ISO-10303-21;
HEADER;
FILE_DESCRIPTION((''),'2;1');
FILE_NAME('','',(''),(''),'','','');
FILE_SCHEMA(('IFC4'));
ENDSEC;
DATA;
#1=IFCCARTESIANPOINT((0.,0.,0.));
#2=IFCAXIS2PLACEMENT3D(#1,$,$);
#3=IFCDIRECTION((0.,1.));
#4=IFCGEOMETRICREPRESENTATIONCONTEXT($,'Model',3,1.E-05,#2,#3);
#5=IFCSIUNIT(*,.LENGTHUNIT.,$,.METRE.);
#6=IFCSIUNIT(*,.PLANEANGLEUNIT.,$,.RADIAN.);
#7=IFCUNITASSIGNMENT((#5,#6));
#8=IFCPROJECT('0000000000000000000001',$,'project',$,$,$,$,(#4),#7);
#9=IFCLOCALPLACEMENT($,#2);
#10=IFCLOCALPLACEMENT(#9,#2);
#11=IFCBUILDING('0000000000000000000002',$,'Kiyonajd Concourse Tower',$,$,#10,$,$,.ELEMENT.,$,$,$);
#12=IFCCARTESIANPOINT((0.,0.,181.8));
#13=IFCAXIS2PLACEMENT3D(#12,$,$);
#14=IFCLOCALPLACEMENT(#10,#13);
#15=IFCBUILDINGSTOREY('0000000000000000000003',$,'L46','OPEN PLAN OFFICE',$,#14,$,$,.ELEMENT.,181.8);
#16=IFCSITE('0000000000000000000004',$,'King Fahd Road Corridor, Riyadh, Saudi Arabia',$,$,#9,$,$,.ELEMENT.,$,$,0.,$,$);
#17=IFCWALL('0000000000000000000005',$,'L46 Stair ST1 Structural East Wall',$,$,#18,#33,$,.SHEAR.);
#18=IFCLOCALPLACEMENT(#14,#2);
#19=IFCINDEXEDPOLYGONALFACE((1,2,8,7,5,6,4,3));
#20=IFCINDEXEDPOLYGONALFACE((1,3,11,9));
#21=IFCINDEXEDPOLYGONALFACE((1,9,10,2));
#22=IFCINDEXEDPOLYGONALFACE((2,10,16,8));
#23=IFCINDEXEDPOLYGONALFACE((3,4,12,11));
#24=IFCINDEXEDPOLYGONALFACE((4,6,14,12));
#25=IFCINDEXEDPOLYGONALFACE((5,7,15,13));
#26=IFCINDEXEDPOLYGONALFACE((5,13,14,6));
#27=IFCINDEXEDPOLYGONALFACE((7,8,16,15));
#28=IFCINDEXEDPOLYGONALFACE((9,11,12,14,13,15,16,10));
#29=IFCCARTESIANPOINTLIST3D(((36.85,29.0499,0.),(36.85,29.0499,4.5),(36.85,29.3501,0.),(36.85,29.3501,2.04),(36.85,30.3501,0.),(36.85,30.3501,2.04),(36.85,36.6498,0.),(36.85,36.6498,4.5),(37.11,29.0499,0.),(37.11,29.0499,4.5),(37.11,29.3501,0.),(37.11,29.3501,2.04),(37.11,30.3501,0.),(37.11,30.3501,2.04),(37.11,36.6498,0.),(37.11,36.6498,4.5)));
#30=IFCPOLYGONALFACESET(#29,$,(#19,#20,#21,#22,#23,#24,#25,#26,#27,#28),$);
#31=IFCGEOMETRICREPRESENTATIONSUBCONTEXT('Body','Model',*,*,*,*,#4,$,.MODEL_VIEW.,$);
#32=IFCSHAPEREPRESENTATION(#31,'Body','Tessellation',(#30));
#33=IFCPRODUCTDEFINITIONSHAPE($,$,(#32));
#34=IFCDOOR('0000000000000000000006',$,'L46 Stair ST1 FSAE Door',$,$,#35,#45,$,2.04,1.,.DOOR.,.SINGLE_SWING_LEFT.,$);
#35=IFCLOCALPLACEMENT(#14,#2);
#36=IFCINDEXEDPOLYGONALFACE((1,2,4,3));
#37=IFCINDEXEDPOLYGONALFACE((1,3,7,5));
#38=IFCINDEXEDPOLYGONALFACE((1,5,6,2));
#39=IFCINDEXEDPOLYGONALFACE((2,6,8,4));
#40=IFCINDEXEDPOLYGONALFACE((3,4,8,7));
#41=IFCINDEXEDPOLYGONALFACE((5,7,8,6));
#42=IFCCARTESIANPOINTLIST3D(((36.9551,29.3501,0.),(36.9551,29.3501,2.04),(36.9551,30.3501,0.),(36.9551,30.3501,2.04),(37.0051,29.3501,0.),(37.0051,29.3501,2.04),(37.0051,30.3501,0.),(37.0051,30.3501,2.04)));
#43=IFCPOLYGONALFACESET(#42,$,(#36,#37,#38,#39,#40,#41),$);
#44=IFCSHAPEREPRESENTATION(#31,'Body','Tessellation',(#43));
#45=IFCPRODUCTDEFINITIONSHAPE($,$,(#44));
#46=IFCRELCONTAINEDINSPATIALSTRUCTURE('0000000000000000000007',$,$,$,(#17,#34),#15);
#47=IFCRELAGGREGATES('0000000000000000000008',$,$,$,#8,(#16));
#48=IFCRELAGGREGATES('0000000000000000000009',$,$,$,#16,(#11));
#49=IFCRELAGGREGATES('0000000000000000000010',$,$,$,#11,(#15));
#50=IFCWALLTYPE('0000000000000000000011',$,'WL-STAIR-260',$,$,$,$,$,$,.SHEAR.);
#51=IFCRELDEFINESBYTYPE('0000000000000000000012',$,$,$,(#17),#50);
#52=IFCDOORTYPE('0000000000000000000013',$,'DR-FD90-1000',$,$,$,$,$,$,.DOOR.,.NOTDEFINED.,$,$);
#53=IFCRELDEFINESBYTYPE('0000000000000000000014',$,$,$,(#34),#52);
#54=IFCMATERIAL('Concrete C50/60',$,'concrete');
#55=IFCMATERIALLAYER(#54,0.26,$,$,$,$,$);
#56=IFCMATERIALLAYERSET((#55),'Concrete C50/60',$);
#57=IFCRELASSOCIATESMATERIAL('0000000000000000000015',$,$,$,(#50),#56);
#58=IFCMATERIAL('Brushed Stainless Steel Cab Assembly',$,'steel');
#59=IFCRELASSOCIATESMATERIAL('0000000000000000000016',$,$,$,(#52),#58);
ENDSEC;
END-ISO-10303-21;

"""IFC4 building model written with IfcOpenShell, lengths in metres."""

from ifc_helpers import new_model, si_unit, direction, frame, frame_2d, origin, place, context, subcontext, project, spatial, rectangle, extrude, material, layer, layer_set, type_object, element, fill, save


model = new_model("IFC4")

# Units and contexts
model_context = context("Model", 3, precision=1e-05, world=origin(), true_north=direction((0.0, 1.0)))
body_context = subcontext(model_context, "Body", "Model", "MODEL_VIEW")
ifc_project = project(units=[si_unit("LENGTHUNIT", "METRE"), si_unit("PLANEANGLEUNIT", "RADIAN")], contexts=[model_context])

# Site, building, storey
site_placement = place(None, origin())
site = spatial("IfcSite", under=ifc_project, at=site_placement, Name="King Fahd Road Corridor, Riyadh, Saudi Arabia", CompositionType="ELEMENT", RefElevation=0.0)
building_placement = place(site_placement, origin())
building = spatial("IfcBuilding", under=site, at=building_placement, Name="Kiyonajd Concourse Tower", CompositionType="ELEMENT")
storey_placement = place(building_placement, frame((0.0, 0.0, 181.8)))
storey = spatial("IfcBuildingStorey", under=building, at=storey_placement, Name="L46", Description="OPEN PLAN OFFICE", CompositionType="ELEMENT", Elevation=181.8)

# Shared definitions
ifc_material_1 = material(Name="Brushed Stainless Steel Cab Assembly", Category="steel")

# Shared definitions
ifc_material_2 = material(Name="Concrete C50/60", Category="concrete")
ifc_layer_1 = layer(ifc_material_2, 0.26)
ifc_layer_set_1 = layer_set([ifc_layer_1], Name="Concrete C50/60")
wall_type_1 = type_object("IfcWallType", Name="WL-STAIR-260", PredefinedType="SHEAR", material=ifc_layer_set_1)

# Wall, opening, door
wall_1_placement = place(storey_placement, frame((36.98, 29.05, 0.0), z_axis=(0.0, 0.0, 1.0), x_axis=(0.0, 1.0, 0.0)))
wall_1 = element("IfcWall", 1, at=wall_1_placement, inside=storey, type_object=wall_type_1, Name="L46 Stair ST1 Structural East Wall", PredefinedType="SHEAR", context=body_context, shape_type="SweptSolid", body=[
    extrude(rectangle(XDim=7.5999, YDim=0.26, at=frame_2d((3.7998, 0.0))), origin(), (0.0, 0.0, 1.0), 4.5),
])
opening_1_placement = place(wall_1_placement, frame((0.3, 0.0, 0.0)))
opening_1 = element("IfcOpeningElement", 2, at=opening_1_placement, cuts=wall_1, PredefinedType="OPENING", context=body_context, shape_type="SweptSolid", body=[
    extrude(rectangle(XDim=1.0, YDim=2.04, at=frame_2d((0.5, 1.02))), frame((0.0, 0.1399, 0.0), z_axis=(0.0, -1.0, 0.0), x_axis=(1.0, 0.0, 0.0)), (0.0, 0.0, 1.0), 0.28),
])
door_type_1 = type_object("IfcDoorType", Name="DR-FD90-1000", OperationType="NOTDEFINED", PredefinedType="DOOR", material=ifc_material_1)
door_1_placement = place(opening_1_placement, origin())
door_1 = element("IfcDoor", 3, at=door_1_placement, inside=storey, type_object=door_type_1, Name="L46 Stair ST1 FSAE Door", OperationType="SINGLE_SWING_LEFT", OverallHeight=2.04, OverallWidth=1.0, PredefinedType="DOOR", context=body_context, shape_type="SweptSolid", body=[
    extrude(rectangle(XDim=1.0, YDim=2.04, at=frame_2d((0.5, 1.02))), frame((0.0, 0.0249, 0.0), z_axis=(0.0, -1.0, 0.0), x_axis=(1.0, 0.0, 0.0)), (0.0, 0.0, 1.0), 0.05),
])
fill(opening_1, door_1)

save(model, "model.ifc")
